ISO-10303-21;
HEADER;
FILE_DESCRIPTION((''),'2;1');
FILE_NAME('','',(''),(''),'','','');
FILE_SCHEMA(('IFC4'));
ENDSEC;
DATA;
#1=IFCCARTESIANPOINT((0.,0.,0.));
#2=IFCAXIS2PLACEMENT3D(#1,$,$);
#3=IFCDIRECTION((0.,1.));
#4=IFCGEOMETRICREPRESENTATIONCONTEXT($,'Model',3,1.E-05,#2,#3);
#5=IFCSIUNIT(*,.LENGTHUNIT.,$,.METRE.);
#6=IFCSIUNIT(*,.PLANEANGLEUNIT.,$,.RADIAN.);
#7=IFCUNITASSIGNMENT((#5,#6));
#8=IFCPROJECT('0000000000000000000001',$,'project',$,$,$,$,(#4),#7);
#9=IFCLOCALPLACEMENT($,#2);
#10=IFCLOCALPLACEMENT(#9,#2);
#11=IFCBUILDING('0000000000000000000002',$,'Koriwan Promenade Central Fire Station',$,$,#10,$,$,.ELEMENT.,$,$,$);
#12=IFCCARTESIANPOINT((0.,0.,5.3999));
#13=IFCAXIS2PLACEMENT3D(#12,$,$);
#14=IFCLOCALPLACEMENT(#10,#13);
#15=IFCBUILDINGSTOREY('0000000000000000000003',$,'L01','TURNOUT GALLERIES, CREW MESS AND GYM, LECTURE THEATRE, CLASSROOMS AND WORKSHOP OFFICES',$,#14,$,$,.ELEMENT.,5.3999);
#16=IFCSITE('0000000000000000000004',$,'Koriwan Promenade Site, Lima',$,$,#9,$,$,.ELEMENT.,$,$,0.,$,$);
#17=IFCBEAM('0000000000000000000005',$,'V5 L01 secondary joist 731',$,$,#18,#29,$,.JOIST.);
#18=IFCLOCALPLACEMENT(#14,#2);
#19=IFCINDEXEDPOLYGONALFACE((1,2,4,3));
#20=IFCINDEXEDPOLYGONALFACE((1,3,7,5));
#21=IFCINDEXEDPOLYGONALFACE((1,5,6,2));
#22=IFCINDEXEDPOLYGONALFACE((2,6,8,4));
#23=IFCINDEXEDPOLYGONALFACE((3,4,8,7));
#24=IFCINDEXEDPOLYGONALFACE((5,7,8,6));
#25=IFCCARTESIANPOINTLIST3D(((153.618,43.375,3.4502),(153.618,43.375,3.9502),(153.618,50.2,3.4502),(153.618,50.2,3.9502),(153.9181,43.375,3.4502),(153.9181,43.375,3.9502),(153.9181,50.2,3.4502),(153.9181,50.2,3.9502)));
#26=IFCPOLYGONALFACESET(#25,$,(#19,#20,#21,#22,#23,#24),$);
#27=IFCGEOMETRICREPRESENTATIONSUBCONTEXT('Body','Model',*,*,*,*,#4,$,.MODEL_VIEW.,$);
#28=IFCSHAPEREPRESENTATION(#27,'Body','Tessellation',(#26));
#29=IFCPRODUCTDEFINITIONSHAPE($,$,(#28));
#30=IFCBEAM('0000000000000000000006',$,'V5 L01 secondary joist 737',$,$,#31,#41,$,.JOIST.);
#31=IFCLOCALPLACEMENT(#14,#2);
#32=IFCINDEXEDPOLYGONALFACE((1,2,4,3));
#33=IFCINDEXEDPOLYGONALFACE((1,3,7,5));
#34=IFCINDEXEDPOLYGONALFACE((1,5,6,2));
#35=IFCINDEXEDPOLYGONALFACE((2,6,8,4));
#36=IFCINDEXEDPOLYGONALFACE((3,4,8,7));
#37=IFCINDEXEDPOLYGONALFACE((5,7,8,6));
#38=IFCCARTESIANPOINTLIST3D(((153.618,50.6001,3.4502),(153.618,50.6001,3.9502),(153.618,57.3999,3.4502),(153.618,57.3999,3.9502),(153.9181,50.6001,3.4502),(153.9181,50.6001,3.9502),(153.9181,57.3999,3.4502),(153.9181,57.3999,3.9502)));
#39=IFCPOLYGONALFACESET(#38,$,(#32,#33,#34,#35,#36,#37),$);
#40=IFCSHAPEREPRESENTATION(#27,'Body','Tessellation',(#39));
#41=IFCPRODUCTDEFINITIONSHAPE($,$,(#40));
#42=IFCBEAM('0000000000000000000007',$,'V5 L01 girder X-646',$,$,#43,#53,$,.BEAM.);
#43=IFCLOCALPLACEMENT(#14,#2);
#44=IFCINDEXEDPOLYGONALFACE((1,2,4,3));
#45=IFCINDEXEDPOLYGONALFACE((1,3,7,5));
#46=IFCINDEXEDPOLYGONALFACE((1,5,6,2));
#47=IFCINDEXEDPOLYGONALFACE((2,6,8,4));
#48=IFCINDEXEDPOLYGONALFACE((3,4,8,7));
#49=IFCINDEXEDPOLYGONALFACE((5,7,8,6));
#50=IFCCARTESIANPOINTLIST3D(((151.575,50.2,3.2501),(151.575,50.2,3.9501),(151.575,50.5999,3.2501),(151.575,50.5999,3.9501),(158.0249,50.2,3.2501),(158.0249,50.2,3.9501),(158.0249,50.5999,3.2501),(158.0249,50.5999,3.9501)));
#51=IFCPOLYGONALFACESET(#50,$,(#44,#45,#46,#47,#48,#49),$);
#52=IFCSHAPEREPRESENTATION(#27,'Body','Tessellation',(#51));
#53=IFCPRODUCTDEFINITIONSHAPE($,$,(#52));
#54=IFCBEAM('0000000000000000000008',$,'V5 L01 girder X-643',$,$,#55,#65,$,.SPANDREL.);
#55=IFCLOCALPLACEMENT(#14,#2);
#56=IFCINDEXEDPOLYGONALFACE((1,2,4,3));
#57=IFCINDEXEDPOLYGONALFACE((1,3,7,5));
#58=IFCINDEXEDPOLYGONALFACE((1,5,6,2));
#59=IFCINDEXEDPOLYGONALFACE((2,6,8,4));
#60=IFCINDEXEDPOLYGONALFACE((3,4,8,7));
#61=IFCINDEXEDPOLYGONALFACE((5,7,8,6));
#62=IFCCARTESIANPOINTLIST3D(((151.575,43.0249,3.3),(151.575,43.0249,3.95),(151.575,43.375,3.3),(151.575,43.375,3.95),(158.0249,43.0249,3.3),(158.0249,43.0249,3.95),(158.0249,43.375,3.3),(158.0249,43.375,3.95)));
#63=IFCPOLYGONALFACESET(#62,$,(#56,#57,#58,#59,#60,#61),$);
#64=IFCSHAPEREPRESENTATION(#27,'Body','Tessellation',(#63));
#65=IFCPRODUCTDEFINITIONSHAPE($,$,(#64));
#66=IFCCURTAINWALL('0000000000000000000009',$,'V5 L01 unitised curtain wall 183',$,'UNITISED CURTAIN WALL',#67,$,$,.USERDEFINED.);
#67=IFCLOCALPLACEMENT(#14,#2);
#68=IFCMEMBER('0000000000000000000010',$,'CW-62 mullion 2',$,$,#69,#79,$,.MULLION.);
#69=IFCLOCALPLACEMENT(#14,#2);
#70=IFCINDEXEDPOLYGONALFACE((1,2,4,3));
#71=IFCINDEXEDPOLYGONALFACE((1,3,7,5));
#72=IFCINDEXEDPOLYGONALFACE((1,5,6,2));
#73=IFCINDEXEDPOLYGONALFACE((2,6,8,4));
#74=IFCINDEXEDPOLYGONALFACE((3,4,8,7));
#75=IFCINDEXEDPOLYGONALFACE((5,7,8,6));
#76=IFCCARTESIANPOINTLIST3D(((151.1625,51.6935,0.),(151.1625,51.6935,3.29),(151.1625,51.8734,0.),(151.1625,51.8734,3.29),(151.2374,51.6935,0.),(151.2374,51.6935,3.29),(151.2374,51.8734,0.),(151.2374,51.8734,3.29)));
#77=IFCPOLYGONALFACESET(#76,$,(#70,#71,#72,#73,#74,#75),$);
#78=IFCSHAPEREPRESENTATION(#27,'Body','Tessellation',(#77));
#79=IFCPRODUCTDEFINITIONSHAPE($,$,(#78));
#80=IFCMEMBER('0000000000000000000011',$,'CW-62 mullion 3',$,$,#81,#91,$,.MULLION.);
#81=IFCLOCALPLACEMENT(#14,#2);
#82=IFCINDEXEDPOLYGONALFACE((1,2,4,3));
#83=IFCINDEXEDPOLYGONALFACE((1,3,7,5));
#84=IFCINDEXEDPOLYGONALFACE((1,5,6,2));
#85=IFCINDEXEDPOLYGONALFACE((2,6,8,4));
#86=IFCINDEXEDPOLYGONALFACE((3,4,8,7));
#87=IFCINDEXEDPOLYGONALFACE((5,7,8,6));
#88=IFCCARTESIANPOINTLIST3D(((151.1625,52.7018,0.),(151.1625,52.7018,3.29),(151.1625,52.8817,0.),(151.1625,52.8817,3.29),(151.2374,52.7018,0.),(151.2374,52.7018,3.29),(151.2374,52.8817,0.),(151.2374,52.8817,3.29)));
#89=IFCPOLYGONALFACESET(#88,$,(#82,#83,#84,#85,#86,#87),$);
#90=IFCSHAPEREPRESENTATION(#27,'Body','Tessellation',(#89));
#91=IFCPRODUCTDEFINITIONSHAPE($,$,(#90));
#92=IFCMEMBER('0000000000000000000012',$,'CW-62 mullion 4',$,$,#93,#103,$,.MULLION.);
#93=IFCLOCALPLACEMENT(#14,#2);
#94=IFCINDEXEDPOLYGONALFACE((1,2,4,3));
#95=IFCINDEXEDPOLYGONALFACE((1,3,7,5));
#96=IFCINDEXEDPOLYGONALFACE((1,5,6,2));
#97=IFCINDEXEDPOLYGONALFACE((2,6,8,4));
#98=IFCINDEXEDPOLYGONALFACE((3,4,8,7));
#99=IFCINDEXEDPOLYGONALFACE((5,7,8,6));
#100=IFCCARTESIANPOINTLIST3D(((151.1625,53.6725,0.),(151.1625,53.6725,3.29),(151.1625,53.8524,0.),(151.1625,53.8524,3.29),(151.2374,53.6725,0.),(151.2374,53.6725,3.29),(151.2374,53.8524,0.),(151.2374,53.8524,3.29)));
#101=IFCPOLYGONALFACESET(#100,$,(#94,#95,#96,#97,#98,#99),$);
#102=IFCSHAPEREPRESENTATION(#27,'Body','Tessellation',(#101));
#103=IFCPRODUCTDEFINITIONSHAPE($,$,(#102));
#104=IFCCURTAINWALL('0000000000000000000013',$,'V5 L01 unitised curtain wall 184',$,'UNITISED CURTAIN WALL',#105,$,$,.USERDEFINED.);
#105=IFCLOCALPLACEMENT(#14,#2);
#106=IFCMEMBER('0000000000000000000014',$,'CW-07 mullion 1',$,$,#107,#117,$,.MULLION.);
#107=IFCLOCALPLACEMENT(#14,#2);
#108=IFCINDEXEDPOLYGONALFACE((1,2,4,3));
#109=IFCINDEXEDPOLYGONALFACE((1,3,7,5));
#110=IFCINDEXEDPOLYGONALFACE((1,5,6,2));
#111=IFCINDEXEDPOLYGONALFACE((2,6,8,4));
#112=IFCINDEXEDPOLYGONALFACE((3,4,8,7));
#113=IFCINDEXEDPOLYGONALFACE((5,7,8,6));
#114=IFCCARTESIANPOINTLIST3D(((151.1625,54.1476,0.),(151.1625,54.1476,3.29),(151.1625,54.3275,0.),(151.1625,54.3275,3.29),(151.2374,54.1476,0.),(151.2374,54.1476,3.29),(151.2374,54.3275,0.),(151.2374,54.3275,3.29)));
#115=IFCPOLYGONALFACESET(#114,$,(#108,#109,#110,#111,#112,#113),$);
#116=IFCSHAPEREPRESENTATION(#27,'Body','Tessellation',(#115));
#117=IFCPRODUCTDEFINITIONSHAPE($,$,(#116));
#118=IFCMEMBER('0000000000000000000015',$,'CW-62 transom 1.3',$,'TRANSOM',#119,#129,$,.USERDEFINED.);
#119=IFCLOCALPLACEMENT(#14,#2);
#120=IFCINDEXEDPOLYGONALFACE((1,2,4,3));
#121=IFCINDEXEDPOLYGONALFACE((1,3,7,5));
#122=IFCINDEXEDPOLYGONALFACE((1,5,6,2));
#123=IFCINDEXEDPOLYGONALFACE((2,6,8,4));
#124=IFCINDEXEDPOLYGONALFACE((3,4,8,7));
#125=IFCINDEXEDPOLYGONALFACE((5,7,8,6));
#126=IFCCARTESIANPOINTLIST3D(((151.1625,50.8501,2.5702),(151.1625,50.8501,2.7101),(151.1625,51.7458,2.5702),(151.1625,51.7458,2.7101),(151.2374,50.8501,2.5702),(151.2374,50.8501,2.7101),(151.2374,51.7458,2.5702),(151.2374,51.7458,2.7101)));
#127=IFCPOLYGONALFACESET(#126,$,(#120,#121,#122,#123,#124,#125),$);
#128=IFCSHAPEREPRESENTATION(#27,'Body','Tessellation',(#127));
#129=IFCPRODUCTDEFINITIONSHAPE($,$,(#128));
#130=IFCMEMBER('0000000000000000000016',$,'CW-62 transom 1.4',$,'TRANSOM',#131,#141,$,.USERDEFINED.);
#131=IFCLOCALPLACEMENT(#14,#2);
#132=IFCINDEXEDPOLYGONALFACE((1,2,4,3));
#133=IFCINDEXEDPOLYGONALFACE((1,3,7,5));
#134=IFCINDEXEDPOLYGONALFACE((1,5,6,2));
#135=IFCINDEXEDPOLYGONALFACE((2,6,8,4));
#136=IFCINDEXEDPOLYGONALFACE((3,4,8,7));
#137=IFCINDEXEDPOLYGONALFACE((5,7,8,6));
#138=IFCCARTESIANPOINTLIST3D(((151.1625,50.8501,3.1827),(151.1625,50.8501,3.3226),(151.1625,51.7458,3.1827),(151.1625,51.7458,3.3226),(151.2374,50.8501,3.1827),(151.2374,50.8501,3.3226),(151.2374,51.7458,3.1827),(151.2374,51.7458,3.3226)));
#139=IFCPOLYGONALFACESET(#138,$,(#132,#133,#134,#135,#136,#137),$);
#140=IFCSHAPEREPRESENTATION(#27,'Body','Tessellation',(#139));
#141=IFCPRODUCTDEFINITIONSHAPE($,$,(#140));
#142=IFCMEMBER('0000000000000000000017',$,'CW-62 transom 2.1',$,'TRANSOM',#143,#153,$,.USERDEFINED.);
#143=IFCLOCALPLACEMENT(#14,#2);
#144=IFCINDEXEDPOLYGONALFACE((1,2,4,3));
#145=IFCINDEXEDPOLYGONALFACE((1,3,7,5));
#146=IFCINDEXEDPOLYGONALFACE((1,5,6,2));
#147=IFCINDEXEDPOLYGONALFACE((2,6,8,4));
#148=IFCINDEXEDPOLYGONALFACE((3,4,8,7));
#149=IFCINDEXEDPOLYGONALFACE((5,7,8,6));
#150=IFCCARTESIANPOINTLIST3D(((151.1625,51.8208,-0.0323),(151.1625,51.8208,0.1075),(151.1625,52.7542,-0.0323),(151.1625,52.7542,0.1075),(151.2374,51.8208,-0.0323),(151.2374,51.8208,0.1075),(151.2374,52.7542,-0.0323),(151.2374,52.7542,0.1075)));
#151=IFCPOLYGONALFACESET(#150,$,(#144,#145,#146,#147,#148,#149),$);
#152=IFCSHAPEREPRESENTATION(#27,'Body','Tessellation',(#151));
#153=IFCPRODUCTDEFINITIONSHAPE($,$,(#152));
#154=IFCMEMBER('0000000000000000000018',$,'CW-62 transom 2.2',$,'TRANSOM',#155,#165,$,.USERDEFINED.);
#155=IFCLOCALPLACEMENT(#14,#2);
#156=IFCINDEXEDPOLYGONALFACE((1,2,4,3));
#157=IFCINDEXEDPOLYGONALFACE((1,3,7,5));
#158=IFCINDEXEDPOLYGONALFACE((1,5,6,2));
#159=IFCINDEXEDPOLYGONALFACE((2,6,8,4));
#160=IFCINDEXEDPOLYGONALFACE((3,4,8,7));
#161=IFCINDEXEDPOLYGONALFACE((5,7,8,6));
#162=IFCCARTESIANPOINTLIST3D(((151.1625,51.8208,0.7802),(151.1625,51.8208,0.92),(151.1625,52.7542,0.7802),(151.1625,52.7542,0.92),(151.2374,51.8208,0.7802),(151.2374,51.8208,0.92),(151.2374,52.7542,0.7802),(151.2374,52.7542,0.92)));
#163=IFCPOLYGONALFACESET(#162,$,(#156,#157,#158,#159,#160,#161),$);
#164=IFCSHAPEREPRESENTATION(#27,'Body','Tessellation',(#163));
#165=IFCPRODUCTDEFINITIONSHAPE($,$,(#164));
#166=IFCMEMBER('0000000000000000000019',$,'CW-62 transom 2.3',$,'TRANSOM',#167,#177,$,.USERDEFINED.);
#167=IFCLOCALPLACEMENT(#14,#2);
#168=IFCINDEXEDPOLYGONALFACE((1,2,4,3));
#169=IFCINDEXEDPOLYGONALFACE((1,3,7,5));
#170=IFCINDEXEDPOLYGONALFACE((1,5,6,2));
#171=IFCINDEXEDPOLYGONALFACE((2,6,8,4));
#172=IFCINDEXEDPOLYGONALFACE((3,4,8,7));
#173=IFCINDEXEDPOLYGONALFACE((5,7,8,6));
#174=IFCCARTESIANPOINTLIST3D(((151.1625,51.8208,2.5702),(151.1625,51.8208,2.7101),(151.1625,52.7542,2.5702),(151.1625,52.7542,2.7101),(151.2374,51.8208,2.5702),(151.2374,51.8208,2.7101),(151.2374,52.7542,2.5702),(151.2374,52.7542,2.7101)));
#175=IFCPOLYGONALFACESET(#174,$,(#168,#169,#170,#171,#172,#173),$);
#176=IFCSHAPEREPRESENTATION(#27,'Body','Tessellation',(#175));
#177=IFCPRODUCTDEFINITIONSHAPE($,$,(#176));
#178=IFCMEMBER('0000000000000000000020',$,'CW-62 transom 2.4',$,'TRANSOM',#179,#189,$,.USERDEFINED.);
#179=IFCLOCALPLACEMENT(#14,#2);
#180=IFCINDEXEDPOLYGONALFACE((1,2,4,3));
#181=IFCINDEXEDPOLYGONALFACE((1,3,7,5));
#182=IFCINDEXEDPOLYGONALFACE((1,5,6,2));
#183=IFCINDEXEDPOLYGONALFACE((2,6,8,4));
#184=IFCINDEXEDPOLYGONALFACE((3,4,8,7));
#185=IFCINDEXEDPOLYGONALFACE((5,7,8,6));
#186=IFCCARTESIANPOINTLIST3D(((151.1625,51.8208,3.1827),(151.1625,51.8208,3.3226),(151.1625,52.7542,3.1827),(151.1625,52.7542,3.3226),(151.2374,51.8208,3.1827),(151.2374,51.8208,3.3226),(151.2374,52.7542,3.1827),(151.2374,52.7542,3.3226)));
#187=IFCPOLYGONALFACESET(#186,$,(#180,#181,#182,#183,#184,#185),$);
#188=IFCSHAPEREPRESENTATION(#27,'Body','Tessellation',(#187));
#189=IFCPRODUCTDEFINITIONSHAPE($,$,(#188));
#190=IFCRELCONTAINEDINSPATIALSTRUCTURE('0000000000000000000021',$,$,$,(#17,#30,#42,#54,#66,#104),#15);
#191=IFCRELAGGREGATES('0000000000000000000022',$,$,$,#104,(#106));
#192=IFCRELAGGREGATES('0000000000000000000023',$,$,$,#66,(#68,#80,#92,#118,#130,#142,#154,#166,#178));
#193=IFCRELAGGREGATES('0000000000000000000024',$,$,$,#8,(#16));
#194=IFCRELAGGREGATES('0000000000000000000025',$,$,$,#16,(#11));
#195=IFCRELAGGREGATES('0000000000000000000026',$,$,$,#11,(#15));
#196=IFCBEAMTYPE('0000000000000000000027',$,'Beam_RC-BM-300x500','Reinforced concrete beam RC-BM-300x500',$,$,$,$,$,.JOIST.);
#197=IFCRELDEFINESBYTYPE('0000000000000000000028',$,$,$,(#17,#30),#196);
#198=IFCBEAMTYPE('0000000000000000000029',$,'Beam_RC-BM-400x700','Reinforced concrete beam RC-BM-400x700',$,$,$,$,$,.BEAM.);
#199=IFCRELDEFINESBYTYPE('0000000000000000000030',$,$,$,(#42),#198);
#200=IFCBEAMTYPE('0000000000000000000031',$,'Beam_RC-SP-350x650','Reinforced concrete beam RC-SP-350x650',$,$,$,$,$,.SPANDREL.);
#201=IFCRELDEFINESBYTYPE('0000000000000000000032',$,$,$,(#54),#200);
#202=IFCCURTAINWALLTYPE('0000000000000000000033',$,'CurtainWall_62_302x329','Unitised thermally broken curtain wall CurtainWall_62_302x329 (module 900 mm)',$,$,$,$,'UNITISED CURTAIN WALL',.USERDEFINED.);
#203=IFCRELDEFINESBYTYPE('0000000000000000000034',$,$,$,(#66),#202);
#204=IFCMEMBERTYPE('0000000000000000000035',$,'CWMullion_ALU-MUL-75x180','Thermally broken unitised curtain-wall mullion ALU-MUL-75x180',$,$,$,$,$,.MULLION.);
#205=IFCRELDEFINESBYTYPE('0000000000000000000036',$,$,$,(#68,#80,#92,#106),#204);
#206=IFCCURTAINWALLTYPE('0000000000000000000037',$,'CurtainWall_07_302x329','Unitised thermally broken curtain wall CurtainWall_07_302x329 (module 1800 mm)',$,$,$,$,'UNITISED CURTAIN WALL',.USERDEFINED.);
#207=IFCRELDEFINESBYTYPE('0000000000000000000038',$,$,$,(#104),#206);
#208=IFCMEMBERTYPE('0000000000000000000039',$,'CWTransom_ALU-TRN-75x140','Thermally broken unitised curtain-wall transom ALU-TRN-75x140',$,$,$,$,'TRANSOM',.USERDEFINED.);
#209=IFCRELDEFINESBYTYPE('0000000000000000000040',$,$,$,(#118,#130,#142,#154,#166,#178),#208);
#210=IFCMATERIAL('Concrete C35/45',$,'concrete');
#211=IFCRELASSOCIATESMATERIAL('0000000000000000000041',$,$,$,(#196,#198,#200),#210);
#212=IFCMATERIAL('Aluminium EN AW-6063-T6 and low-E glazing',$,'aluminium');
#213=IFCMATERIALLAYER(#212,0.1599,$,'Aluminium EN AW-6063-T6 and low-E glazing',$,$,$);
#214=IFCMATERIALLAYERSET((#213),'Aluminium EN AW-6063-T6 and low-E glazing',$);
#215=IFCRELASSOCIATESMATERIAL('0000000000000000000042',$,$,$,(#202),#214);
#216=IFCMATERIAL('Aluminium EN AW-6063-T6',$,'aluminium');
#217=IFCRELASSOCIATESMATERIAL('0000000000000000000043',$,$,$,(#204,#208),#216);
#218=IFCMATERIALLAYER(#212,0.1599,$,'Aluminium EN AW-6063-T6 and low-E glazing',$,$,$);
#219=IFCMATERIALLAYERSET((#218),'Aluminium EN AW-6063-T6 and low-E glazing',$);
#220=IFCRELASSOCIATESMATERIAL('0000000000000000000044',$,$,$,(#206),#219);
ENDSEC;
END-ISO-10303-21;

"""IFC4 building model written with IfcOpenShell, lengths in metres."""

from ifc_helpers import new_model, si_unit, direction, frame, origin, origin_2d, place, context, subcontext, project, spatial, rectangle, extrude, material, layer, layer_set, material_profile, profile_set, type_object, element, aggregate, save


model = new_model("IFC4")

# Units and contexts
model_context = context("Model", 3, precision=1e-05, world=origin(), true_north=direction((0.0, 1.0)))
body_context = subcontext(model_context, "Body", "Model", "MODEL_VIEW")
ifc_project = project(units=[si_unit("LENGTHUNIT", "METRE"), si_unit("PLANEANGLEUNIT", "RADIAN")], contexts=[model_context])

# Site, building, storey
site_placement = place(None, origin())
site = spatial("IfcSite", under=ifc_project, at=site_placement, Name="Koriwan Promenade Site, Lima", CompositionType="ELEMENT", RefElevation=0.0)
building_placement = place(site_placement, origin())
building = spatial("IfcBuilding", under=site, at=building_placement, Name="Koriwan Promenade Central Fire Station", CompositionType="ELEMENT")
storey_placement = place(building_placement, frame((0.0, 0.0, 5.3999)))
storey = spatial("IfcBuildingStorey", under=building, at=storey_placement, Name="L01", Description="TURNOUT GALLERIES, CREW MESS AND GYM, LECTURE THEATRE, CLASSROOMS AND WORKSHOP OFFICES", CompositionType="ELEMENT", Elevation=5.3999)

# Beams
ifc_material_1 = material(Name="Concrete C35/45", Category="concrete")
ifc_material_profile_1 = material_profile(ifc_material_1, rectangle(XDim=0.3, YDim=0.5, at=origin_2d()), Name="RC-BM-300x500")
ifc_profile_set_1 = profile_set([ifc_material_profile_1], Name="Concrete C35/45")
beam_type_1 = type_object("IfcBeamType", Name="Beam_RC-BM-300x500", Description="Reinforced concrete beam RC-BM-300x500", PredefinedType="JOIST", material=ifc_profile_set_1)
beam_1_placement = place(storey_placement, frame((153.7681, 43.375, 3.7002), z_axis=(0.0, 1.0, 0.0), x_axis=(-1.0, 0.0, 0.0)))
element("IfcBeam", 1, at=beam_1_placement, inside=storey, type_object=beam_type_1, Name="V5 L01 secondary joist 731", PredefinedType="JOIST", context=body_context, shape_type="SweptSolid", body=[
    extrude(rectangle(XDim=0.3, YDim=0.5, at=origin_2d()), origin(), (0.0, 0.0, 1.0), 6.825),
])
beam_2_placement = place(storey_placement, frame((153.7681, 50.6001, 3.7002), z_axis=(0.0, 1.0, 0.0), x_axis=(-1.0, 0.0, 0.0)))
element("IfcBeam", 2, at=beam_2_placement, inside=storey, type_object=beam_type_1, Name="V5 L01 secondary joist 737", PredefinedType="JOIST", context=body_context, shape_type="SweptSolid", body=[
    extrude(rectangle(XDim=0.3, YDim=0.5, at=origin_2d()), origin(), (0.0, 0.0, 1.0), 6.7998),
])
ifc_material_profile_2 = material_profile(ifc_material_1, rectangle(XDim=0.3999, YDim=0.7, at=origin_2d()), Name="RC-BM-400x700")
ifc_profile_set_2 = profile_set([ifc_material_profile_2], Name="Concrete C35/45")
beam_type_2 = type_object("IfcBeamType", Name="Beam_RC-BM-400x700", Description="Reinforced concrete beam RC-BM-400x700", PredefinedType="BEAM", material=ifc_profile_set_2)
beam_3_placement = place(storey_placement, frame((151.575, 50.3999, 3.6001), z_axis=(1.0, 0.0, 0.0), x_axis=(0.0, 1.0, 0.0)))
element("IfcBeam", 3, at=beam_3_placement, inside=storey, type_object=beam_type_2, Name="V5 L01 girder X-646", PredefinedType="BEAM", context=body_context, shape_type="SweptSolid", body=[
    extrude(rectangle(XDim=0.3999, YDim=0.7, at=origin_2d()), origin(), (0.0, 0.0, 1.0), 6.45),
])
ifc_material_profile_3 = material_profile(ifc_material_1, rectangle(XDim=0.3501, YDim=0.6499, at=origin_2d()), Name="RC-SP-350x650")
ifc_profile_set_3 = profile_set([ifc_material_profile_3], Name="Concrete C35/45")
beam_type_3 = type_object("IfcBeamType", Name="Beam_RC-SP-350x650", Description="Reinforced concrete beam RC-SP-350x650", PredefinedType="SPANDREL", material=ifc_profile_set_3)
beam_4_placement = place(storey_placement, frame((151.575, 43.2, 3.625), z_axis=(1.0, 0.0, 0.0), x_axis=(0.0, 1.0, 0.0)))
element("IfcBeam", 4, at=beam_4_placement, inside=storey, type_object=beam_type_3, Name="V5 L01 girder X-643", PredefinedType="SPANDREL", context=body_context, shape_type="SweptSolid", body=[
    extrude(rectangle(XDim=0.3501, YDim=0.6499, at=origin_2d()), origin(), (0.0, 0.0, 1.0), 6.45),
])

# Curtain wall, members
ifc_material_2 = material(Name="Aluminium EN AW-6063-T6 and low-E glazing", Category="aluminium")
ifc_layer_1 = layer(ifc_material_2, 0.1599, Name="Aluminium EN AW-6063-T6 and low-E glazing")
ifc_layer_set_1 = layer_set([ifc_layer_1], Name="Aluminium EN AW-6063-T6 and low-E glazing")
curtain_wall_type_1 = type_object("IfcCurtainWallType", Name="CurtainWall_62_302x329", Description="Unitised thermally broken curtain wall CurtainWall_62_302x329 (module 900 mm)", ElementType="UNITISED CURTAIN WALL", PredefinedType="USERDEFINED", material=ifc_layer_set_1)
curtain_wall_1_placement = place(storey_placement, origin())
curtain_wall_1 = element("IfcCurtainWall", 5, at=curtain_wall_1_placement, inside=storey, type_object=curtain_wall_type_1, Name="V5 L01 unitised curtain wall 183", ObjectType="UNITISED CURTAIN WALL", PredefinedType="USERDEFINED")
ifc_material_3 = material(Name="Aluminium EN AW-6063-T6", Category="aluminium")
ifc_material_profile_4 = material_profile(ifc_material_3, rectangle(XDim=0.075, YDim=0.1799, at=origin_2d()), Name="ALU-MUL-75x180")
ifc_profile_set_4 = profile_set([ifc_material_profile_4], Name="Aluminium EN AW-6063-T6")
member_type_1 = type_object("IfcMemberType", Name="CWMullion_ALU-MUL-75x180", Description="Thermally broken unitised curtain-wall mullion ALU-MUL-75x180", PredefinedType="MULLION", material=ifc_profile_set_4)
member_1_placement = place(storey_placement, frame((151.2, 51.7834, 0.0), z_axis=(0.0, 0.0, 1.0), x_axis=(-1.0, 0.0, 0.0)))
member_1 = element("IfcMember", 6, at=member_1_placement, type_object=member_type_1, Name="CW-62 mullion 2", PredefinedType="MULLION", context=body_context, shape_type="SweptSolid", body=[
    extrude(rectangle(XDim=0.075, YDim=0.1799, at=origin_2d()), origin(), (0.0, 0.0, 1.0), 3.29),
])
member_2_placement = place(storey_placement, frame((151.2, 52.7917, 0.0), z_axis=(0.0, 0.0, 1.0), x_axis=(-1.0, 0.0, 0.0)))
member_2 = element("IfcMember", 7, at=member_2_placement, type_object=member_type_1, Name="CW-62 mullion 3", PredefinedType="MULLION", context=body_context, shape_type="SweptSolid", body=[
    extrude(rectangle(XDim=0.075, YDim=0.1799, at=origin_2d()), origin(), (0.0, 0.0, 1.0), 3.29),
])
member_3_placement = place(storey_placement, frame((151.2, 53.7625, 0.0), z_axis=(0.0, 0.0, 1.0), x_axis=(-1.0, 0.0, 0.0)))
member_3 = element("IfcMember", 8, at=member_3_placement, type_object=member_type_1, Name="CW-62 mullion 4", PredefinedType="MULLION", context=body_context, shape_type="SweptSolid", body=[
    extrude(rectangle(XDim=0.075, YDim=0.1799, at=origin_2d()), origin(), (0.0, 0.0, 1.0), 3.29),
])

# Curtain wall, member
ifc_layer_2 = layer(ifc_material_2, 0.1599, Name="Aluminium EN AW-6063-T6 and low-E glazing")
ifc_layer_set_2 = layer_set([ifc_layer_2], Name="Aluminium EN AW-6063-T6 and low-E glazing")
curtain_wall_type_2 = type_object("IfcCurtainWallType", Name="CurtainWall_07_302x329", Description="Unitised thermally broken curtain wall CurtainWall_07_302x329 (module 1800 mm)", ElementType="UNITISED CURTAIN WALL", PredefinedType="USERDEFINED", material=ifc_layer_set_2)
curtain_wall_2_placement = place(storey_placement, origin())
curtain_wall_2 = element("IfcCurtainWall", 9, at=curtain_wall_2_placement, inside=storey, type_object=curtain_wall_type_2, Name="V5 L01 unitised curtain wall 184", ObjectType="UNITISED CURTAIN WALL", PredefinedType="USERDEFINED")
member_4_placement = place(storey_placement, frame((151.2, 54.2375, 0.0), z_axis=(0.0, 0.0, 1.0), x_axis=(-1.0, 0.0, 0.0)))
member_4 = element("IfcMember", 10, at=member_4_placement, type_object=member_type_1, Name="CW-07 mullion 1", PredefinedType="MULLION", context=body_context, shape_type="SweptSolid", body=[
    extrude(rectangle(XDim=0.075, YDim=0.1799, at=origin_2d()), origin(), (0.0, 0.0, 1.0), 3.29),
])

# Members
ifc_material_profile_5 = material_profile(ifc_material_3, rectangle(XDim=0.075, YDim=0.1399, at=origin_2d()), Name="ALU-TRN-75x140")
ifc_profile_set_5 = profile_set([ifc_material_profile_5], Name="Aluminium EN AW-6063-T6")
member_type_2 = type_object("IfcMemberType", Name="CWTransom_ALU-TRN-75x140", Description="Thermally broken unitised curtain-wall transom ALU-TRN-75x140", ElementType="TRANSOM", PredefinedType="USERDEFINED", material=ifc_profile_set_5)
member_5_placement = place(storey_placement, frame((151.2, 50.8501, 2.6401), z_axis=(0.0, 1.0, 0.0), x_axis=(-1.0, 0.0, 0.0)))
member_5 = element("IfcMember", 11, at=member_5_placement, type_object=member_type_2, Name="CW-62 transom 1.3", ObjectType="TRANSOM", PredefinedType="USERDEFINED", context=body_context, shape_type="SweptSolid", body=[
    extrude(rectangle(XDim=0.075, YDim=0.1399, at=origin_2d()), origin(), (0.0, 0.0, 1.0), 0.8958),
])
member_6_placement = place(storey_placement, frame((151.2, 50.8501, 3.2527), z_axis=(0.0, 1.0, 0.0), x_axis=(-1.0, 0.0, 0.0)))
member_6 = element("IfcMember", 12, at=member_6_placement, type_object=member_type_2, Name="CW-62 transom 1.4", ObjectType="TRANSOM", PredefinedType="USERDEFINED", context=body_context, shape_type="SweptSolid", body=[
    extrude(rectangle(XDim=0.075, YDim=0.1399, at=origin_2d()), origin(), (0.0, 0.0, 1.0), 0.8958),
])
member_7_placement = place(storey_placement, frame((151.2, 51.8208, 0.0376), z_axis=(0.0, 1.0, 0.0), x_axis=(-1.0, 0.0, 0.0)))
member_7 = element("IfcMember", 13, at=member_7_placement, type_object=member_type_2, Name="CW-62 transom 2.1", ObjectType="TRANSOM", PredefinedType="USERDEFINED", context=body_context, shape_type="SweptSolid", body=[
    extrude(rectangle(XDim=0.075, YDim=0.1399, at=origin_2d()), origin(), (0.0, 0.0, 1.0), 0.9333),
])
member_8_placement = place(storey_placement, frame((151.2, 51.8208, 0.8501), z_axis=(0.0, 1.0, 0.0), x_axis=(-1.0, 0.0, 0.0)))
member_8 = element("IfcMember", 14, at=member_8_placement, type_object=member_type_2, Name="CW-62 transom 2.2", ObjectType="TRANSOM", PredefinedType="USERDEFINED", context=body_context, shape_type="SweptSolid", body=[
    extrude(rectangle(XDim=0.075, YDim=0.1399, at=origin_2d()), origin(), (0.0, 0.0, 1.0), 0.9333),
])
member_9_placement = place(storey_placement, frame((151.2, 51.8208, 2.6401), z_axis=(0.0, 1.0, 0.0), x_axis=(-1.0, 0.0, 0.0)))
member_9 = element("IfcMember", 15, at=member_9_placement, type_object=member_type_2, Name="CW-62 transom 2.3", ObjectType="TRANSOM", PredefinedType="USERDEFINED", context=body_context, shape_type="SweptSolid", body=[
    extrude(rectangle(XDim=0.075, YDim=0.1399, at=origin_2d()), origin(), (0.0, 0.0, 1.0), 0.9333),
])
member_10_placement = place(storey_placement, frame((151.2, 51.8208, 3.2527), z_axis=(0.0, 1.0, 0.0), x_axis=(-1.0, 0.0, 0.0)))
member_10 = element("IfcMember", 16, at=member_10_placement, type_object=member_type_2, Name="CW-62 transom 2.4", ObjectType="TRANSOM", PredefinedType="USERDEFINED", context=body_context, shape_type="SweptSolid", body=[
    extrude(rectangle(XDim=0.075, YDim=0.1399, at=origin_2d()), origin(), (0.0, 0.0, 1.0), 0.9333),
])
aggregate(curtain_wall_2, [member_4])

aggregate(curtain_wall_1, [member_1, member_2, member_3, member_5, member_6, member_7, member_8, member_9, member_10])

save(model, "model.ifc")
